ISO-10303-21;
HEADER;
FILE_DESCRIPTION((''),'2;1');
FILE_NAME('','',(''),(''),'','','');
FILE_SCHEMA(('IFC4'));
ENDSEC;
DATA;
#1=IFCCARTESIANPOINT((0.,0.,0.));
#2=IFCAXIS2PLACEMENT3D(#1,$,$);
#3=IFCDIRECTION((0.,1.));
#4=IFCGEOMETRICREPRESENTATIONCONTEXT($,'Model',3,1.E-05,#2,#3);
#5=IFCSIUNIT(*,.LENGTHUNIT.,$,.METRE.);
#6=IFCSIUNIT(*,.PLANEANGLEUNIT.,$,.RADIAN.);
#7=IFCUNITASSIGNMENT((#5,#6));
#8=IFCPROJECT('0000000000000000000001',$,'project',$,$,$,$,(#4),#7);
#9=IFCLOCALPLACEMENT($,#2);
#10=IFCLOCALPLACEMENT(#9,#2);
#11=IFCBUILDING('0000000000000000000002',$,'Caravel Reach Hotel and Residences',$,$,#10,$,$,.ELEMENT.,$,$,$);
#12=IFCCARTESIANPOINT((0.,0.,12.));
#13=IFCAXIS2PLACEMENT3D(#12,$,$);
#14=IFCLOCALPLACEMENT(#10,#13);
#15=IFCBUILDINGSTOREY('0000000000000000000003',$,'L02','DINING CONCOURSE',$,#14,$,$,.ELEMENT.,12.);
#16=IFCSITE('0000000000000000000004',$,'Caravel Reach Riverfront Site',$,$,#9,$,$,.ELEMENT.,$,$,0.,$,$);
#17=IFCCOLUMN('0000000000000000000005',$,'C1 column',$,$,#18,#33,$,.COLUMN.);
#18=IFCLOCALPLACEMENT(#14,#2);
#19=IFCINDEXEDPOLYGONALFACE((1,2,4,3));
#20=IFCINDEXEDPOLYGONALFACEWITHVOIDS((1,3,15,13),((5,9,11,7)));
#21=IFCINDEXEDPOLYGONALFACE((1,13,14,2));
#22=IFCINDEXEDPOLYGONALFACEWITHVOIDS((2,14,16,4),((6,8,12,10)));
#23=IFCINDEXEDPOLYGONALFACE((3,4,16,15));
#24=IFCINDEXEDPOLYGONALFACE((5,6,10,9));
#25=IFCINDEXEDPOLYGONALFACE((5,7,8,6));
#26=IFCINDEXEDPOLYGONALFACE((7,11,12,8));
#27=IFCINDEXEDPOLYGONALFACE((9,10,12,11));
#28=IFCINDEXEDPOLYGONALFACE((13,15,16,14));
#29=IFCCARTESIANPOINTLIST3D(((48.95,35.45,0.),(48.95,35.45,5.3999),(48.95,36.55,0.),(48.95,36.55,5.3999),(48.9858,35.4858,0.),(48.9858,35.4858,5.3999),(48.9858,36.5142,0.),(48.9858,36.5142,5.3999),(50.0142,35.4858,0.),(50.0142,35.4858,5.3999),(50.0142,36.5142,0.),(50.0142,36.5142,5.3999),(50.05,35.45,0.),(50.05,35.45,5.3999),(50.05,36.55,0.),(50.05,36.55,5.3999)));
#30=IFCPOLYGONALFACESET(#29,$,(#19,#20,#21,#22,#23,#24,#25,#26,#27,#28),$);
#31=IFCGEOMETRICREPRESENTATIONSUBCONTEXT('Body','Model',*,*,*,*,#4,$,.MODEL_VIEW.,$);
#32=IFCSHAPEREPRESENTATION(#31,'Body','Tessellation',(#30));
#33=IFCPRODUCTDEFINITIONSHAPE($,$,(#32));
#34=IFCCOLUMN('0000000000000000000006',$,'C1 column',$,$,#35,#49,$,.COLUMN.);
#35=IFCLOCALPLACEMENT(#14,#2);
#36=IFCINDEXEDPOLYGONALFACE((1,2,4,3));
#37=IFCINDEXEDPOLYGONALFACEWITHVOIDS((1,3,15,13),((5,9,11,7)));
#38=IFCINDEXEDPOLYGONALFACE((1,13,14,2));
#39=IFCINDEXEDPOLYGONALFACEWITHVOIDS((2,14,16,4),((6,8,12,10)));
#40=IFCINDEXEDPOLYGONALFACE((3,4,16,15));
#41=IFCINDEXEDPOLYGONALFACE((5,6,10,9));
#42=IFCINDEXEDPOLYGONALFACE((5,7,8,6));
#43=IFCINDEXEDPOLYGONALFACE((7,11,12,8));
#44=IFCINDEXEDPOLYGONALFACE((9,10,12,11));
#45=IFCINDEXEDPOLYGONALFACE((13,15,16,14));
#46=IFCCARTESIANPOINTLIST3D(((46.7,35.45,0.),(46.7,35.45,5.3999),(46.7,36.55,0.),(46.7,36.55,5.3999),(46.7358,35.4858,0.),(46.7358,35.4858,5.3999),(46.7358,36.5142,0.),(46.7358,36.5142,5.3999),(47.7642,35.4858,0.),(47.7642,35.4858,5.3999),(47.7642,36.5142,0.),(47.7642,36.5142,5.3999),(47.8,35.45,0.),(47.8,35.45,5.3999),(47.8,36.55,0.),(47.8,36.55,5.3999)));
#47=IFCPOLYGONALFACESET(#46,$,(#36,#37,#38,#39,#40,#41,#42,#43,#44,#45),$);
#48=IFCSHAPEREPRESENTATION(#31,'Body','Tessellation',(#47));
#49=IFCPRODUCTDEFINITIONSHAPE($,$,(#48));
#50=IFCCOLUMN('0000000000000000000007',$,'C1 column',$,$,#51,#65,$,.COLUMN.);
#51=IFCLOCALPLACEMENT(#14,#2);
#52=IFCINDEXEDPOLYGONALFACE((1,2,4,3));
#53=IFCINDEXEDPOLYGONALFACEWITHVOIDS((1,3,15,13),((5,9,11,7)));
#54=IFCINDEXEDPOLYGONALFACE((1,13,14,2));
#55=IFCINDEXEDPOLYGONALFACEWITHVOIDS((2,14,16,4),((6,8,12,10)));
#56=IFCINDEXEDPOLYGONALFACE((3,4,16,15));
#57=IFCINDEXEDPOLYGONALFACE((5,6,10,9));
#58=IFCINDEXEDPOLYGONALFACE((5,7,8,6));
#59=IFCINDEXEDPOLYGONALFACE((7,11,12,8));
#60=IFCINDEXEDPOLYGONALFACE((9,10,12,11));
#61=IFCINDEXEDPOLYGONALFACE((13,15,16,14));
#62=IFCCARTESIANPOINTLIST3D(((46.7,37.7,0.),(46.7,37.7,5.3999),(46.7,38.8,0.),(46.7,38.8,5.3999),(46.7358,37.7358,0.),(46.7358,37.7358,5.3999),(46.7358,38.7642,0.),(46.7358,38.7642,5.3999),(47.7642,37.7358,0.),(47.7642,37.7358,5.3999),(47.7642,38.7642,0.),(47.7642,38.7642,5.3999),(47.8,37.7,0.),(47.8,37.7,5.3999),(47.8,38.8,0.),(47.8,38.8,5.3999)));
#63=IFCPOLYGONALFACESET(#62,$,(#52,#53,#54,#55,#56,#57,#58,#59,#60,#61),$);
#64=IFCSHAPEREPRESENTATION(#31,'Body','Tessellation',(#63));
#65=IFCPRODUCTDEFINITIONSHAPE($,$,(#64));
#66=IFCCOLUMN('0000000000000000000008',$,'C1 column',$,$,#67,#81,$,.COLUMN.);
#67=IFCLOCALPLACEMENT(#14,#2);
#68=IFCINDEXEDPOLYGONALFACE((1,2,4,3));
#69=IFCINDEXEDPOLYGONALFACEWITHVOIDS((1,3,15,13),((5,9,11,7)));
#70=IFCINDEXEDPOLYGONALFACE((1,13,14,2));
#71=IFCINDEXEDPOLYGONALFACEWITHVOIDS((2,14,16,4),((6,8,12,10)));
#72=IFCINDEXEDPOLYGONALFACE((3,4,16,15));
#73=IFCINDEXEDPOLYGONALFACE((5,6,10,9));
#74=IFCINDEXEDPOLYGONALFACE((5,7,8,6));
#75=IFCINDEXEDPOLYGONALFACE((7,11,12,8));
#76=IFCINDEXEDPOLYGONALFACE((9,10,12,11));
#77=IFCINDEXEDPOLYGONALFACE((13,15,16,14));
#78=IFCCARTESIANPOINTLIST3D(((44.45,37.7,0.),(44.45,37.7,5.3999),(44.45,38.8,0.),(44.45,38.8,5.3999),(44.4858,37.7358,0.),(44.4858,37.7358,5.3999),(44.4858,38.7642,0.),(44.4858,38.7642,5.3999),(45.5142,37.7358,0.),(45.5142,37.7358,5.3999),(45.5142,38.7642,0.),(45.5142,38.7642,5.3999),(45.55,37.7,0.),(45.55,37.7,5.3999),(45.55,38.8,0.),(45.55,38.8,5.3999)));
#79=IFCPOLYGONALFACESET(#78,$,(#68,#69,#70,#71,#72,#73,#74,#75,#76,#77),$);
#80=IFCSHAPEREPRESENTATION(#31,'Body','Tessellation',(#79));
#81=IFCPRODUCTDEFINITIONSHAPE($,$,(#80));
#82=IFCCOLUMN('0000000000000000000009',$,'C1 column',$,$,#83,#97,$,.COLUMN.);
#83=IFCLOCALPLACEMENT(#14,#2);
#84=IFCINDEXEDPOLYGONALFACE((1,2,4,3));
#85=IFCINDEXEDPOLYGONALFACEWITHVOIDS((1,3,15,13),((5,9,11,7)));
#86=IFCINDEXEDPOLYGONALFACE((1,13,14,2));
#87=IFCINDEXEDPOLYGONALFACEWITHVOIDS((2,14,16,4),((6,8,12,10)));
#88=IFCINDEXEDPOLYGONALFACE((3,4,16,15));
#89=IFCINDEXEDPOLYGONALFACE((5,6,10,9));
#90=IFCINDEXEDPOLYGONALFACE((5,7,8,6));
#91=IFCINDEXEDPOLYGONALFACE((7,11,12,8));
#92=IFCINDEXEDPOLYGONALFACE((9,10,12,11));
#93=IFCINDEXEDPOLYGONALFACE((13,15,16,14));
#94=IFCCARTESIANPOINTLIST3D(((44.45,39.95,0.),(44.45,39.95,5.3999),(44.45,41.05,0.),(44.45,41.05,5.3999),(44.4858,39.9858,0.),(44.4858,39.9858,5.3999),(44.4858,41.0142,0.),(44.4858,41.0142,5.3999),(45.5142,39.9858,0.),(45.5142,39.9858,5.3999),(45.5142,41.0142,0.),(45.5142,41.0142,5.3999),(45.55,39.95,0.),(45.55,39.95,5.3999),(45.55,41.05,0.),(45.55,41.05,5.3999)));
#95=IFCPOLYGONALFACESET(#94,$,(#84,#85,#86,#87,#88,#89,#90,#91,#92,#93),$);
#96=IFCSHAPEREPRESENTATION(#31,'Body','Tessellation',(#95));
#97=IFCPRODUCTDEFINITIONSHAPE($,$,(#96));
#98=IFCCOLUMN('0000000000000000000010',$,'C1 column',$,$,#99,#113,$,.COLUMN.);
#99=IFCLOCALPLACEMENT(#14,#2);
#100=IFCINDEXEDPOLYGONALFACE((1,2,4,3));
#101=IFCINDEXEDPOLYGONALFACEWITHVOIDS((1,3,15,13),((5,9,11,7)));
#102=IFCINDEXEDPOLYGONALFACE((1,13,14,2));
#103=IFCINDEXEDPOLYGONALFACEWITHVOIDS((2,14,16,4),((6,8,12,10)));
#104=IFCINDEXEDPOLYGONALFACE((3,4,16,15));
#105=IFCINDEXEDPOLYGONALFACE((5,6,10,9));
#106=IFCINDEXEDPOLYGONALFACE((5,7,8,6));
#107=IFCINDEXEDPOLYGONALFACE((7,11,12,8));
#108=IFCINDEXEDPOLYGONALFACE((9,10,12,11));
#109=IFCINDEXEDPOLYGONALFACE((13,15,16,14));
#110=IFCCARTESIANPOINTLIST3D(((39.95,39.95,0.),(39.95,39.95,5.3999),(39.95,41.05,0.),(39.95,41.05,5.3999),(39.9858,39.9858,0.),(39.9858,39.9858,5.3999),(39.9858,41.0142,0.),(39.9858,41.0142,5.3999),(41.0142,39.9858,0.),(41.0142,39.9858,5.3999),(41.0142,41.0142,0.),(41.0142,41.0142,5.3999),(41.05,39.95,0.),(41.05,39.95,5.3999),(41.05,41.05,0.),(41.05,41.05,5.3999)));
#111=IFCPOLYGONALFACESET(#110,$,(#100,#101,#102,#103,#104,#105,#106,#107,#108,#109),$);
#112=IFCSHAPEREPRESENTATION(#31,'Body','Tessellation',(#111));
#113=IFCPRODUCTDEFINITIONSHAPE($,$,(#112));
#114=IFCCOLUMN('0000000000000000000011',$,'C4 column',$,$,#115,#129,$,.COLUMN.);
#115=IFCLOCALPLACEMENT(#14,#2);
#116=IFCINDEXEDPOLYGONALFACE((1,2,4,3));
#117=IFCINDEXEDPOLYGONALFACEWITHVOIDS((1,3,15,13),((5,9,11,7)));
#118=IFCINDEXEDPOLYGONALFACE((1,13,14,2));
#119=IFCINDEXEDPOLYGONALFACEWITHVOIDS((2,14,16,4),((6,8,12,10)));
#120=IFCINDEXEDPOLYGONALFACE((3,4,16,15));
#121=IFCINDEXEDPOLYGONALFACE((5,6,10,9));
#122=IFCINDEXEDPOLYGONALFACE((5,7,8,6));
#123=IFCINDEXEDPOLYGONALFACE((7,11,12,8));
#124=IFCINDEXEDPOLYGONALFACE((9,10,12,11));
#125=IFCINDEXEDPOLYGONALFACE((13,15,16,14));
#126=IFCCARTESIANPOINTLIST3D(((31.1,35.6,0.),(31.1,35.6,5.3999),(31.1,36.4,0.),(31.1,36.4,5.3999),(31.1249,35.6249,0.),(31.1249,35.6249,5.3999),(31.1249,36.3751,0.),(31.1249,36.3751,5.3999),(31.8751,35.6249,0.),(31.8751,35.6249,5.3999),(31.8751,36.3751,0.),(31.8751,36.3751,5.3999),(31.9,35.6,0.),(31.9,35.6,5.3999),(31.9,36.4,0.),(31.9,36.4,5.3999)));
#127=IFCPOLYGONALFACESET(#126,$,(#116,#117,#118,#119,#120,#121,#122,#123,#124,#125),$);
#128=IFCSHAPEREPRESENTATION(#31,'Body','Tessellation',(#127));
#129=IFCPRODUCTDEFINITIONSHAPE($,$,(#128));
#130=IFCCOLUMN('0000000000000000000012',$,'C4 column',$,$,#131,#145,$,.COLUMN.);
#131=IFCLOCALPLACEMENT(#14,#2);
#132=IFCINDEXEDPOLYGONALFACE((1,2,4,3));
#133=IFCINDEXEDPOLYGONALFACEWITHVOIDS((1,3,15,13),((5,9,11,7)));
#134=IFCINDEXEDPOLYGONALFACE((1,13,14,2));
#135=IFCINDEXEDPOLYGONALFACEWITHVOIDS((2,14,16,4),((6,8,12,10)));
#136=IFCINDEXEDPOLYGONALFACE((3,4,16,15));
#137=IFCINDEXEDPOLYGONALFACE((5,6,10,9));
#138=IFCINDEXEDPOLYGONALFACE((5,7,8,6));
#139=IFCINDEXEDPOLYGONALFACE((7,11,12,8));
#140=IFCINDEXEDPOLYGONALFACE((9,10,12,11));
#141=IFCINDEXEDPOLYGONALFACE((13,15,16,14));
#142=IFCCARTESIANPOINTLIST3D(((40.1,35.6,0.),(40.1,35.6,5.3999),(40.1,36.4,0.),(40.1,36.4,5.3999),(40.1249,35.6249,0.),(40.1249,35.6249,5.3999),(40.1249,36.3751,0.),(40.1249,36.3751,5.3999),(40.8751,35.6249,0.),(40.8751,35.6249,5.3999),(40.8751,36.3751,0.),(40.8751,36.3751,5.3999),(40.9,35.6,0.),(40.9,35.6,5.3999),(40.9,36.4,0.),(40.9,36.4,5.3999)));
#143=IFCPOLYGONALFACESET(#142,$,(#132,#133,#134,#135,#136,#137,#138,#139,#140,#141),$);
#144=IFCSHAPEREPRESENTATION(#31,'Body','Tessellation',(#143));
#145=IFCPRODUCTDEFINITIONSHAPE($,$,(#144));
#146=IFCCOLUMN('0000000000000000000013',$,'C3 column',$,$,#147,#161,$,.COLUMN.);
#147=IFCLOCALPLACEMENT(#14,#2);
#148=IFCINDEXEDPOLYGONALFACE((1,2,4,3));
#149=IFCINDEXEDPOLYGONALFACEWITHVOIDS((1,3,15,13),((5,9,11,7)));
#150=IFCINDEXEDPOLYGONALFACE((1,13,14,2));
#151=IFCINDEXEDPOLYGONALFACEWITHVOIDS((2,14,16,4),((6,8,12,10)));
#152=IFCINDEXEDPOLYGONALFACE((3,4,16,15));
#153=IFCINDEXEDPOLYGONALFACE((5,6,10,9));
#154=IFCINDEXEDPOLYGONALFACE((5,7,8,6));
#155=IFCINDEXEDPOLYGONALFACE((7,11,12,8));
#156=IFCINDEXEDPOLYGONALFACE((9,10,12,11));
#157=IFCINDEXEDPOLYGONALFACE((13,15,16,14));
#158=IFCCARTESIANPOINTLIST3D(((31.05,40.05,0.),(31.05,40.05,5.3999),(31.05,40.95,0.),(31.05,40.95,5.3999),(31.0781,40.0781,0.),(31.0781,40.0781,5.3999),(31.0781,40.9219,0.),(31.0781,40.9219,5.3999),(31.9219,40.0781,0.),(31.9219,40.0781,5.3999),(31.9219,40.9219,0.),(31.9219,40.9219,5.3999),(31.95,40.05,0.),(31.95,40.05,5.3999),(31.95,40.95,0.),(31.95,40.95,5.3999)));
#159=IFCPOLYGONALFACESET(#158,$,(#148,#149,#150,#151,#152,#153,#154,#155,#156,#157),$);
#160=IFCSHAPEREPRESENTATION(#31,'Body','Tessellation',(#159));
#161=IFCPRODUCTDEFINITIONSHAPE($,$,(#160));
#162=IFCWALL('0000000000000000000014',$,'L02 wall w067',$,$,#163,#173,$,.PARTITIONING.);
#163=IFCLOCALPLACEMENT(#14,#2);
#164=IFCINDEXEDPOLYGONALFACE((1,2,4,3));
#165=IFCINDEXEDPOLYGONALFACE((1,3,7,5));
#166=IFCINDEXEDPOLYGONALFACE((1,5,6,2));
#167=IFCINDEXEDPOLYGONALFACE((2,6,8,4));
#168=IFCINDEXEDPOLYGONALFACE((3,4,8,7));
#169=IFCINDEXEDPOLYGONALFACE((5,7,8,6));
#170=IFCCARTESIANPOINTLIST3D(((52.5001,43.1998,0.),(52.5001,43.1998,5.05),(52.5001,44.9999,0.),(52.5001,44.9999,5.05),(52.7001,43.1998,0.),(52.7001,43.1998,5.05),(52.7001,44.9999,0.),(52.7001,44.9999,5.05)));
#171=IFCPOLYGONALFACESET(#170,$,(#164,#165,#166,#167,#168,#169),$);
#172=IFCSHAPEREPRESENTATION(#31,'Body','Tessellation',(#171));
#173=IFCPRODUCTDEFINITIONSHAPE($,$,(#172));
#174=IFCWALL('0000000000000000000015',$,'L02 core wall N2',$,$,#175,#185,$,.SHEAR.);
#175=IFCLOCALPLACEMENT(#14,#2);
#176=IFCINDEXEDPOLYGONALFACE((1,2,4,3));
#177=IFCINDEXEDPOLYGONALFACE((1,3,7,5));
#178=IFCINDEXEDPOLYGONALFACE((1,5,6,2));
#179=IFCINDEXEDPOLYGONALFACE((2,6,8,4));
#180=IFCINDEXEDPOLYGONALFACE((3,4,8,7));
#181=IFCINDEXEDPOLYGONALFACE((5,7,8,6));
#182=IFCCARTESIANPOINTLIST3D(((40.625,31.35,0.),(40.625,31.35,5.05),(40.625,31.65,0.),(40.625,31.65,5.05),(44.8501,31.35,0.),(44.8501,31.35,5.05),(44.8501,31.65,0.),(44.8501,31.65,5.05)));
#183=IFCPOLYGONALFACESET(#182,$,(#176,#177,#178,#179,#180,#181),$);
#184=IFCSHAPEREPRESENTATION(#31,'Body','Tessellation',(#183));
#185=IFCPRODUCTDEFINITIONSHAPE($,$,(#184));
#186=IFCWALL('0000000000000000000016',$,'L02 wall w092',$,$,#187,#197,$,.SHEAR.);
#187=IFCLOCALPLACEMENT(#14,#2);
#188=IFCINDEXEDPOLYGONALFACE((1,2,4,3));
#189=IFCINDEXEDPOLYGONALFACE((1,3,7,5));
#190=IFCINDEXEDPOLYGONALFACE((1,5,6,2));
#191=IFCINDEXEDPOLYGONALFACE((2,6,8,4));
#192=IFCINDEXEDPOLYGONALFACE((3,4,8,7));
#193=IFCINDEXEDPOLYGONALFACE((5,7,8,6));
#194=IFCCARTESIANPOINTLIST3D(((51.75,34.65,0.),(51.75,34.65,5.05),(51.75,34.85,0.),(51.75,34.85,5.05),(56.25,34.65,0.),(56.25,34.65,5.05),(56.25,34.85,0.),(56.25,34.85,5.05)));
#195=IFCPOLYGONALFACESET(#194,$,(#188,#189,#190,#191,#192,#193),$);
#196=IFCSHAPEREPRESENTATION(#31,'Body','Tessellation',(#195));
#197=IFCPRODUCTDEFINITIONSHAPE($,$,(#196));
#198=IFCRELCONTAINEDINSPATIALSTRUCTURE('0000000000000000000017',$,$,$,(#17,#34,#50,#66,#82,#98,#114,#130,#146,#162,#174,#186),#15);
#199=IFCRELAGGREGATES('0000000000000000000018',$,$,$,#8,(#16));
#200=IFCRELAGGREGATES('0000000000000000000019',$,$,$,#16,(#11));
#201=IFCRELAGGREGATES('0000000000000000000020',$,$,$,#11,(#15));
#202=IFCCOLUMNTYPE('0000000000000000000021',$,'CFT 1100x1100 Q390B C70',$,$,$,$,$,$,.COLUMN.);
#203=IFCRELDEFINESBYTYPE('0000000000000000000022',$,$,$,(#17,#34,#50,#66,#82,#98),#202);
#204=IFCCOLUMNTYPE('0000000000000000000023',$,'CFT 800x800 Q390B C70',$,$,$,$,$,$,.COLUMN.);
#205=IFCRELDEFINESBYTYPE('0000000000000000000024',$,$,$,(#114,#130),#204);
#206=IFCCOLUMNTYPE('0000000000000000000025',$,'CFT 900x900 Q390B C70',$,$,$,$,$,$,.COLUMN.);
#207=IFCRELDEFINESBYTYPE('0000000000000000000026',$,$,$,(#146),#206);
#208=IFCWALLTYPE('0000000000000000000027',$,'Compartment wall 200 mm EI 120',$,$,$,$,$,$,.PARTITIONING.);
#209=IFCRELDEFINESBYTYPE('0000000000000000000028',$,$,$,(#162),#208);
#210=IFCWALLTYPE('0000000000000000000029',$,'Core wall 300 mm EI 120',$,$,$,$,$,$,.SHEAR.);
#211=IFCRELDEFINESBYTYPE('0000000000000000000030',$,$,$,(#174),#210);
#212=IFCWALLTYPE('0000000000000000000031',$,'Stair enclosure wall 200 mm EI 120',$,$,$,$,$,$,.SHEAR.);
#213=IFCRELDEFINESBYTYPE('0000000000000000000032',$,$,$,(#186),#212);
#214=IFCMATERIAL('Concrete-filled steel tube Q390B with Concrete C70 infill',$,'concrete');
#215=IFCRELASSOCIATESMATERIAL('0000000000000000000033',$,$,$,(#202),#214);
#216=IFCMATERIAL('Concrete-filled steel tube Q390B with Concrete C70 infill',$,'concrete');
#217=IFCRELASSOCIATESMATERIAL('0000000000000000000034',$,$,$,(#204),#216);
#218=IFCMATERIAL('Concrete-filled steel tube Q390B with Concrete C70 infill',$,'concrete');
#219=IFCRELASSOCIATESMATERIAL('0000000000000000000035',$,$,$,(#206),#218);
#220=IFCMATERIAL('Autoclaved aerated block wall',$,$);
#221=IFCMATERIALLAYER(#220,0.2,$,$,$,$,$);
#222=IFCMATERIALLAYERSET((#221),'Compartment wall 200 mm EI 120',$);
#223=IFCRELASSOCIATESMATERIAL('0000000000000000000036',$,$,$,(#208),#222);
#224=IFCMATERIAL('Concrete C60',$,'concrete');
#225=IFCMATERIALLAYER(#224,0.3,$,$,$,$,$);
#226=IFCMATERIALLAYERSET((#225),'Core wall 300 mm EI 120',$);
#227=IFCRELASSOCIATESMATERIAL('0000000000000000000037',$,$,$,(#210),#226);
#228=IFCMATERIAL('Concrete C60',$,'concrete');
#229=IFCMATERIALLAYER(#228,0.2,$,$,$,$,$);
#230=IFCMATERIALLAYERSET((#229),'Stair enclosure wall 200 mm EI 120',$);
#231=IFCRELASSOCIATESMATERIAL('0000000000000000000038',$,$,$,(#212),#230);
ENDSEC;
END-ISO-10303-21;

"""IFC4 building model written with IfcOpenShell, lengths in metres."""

from ifc_helpers import new_model, si_unit, direction, frame, frame_2d, origin, origin_2d, place, context, subcontext, project, spatial, rectangle, hollow_rectangle, extrude, material, layer, layer_set, material_profile, profile_set, type_object, element, save


model = new_model("IFC4")

# Units and contexts
model_context = context("Model", 3, precision=1e-05, world=origin(), true_north=direction((0.0, 1.0)))
body_context = subcontext(model_context, "Body", "Model", "MODEL_VIEW")
ifc_project = project(units=[si_unit("LENGTHUNIT", "METRE"), si_unit("PLANEANGLEUNIT", "RADIAN")], contexts=[model_context])

# Site, building, storey
site_placement = place(None, origin())
site = spatial("IfcSite", under=ifc_project, at=site_placement, Name="Caravel Reach Riverfront Site", CompositionType="ELEMENT", RefElevation=0.0)
building_placement = place(site_placement, origin())
building = spatial("IfcBuilding", under=site, at=building_placement, Name="Caravel Reach Hotel and Residences", CompositionType="ELEMENT")
storey_placement = place(building_placement, frame((0.0, 0.0, 12.0)))
storey = spatial("IfcBuildingStorey", under=building, at=storey_placement, Name="L02", Description="DINING CONCOURSE", CompositionType="ELEMENT", Elevation=12.0)

# Columns
ifc_material_1 = material(Name="Concrete-filled steel tube Q390B with Concrete C70 infill", Category="concrete")
ifc_material_profile_1 = material_profile(ifc_material_1, hollow_rectangle(XDim=1.1001, YDim=1.1001, WallThickness=0.0359, at=origin_2d()), Name="RHS 1100x1100x36")
ifc_profile_set_1 = profile_set([ifc_material_profile_1], Name="Concrete-filled steel tube Q390B with Concrete C70 infill")
column_type_1 = type_object("IfcColumnType", Name="CFT 1100x1100 Q390B C70", PredefinedType="COLUMN", material=ifc_profile_set_1)
for number, where, z_axis, x_axis, name in (
    (1, (49.5, 36.0, 0.0), (0.0, 0.0, 1.0), (1.0, 0.0, 0.0), "C1 column"),
    (2, (47.25, 36.0, 0.0), (0.0, 0.0, 1.0), (1.0, 0.0, 0.0), "C1 column"),
    (3, (47.25, 38.25, 0.0), (0.0, 0.0, 1.0), (1.0, 0.0, 0.0), "C1 column"),
    (4, (45.0, 38.25, 0.0), (0.0, 0.0, 1.0), (1.0, 0.0, 0.0), "C1 column"),
    (5, (45.0, 40.5, 0.0), (0.0, 0.0, 1.0), (1.0, 0.0, 0.0), "C1 column"),
    (6, (40.5, 40.5, 0.0), (0.0, 0.0, 1.0), (1.0, 0.0, 0.0), "C1 column"),
):
    element("IfcColumn", number, at=place(storey_placement, frame(where, z_axis=z_axis, x_axis=x_axis)), inside=storey, type_object=column_type_1, Name=name, PredefinedType="COLUMN", context=body_context, shape_type="SweptSolid", body=[
        extrude(hollow_rectangle(XDim=1.1001, YDim=1.1001, WallThickness=0.0359, at=origin_2d()), origin(), (0.0, 0.0, 1.0), 5.3999),
    ])
ifc_material_2 = material(Name="Concrete-filled steel tube Q390B with Concrete C70 infill", Category="concrete")
ifc_material_profile_2 = material_profile(ifc_material_2, hollow_rectangle(XDim=0.8, YDim=0.8, WallThickness=0.0249, at=origin_2d()), Name="RHS 800x800x25")
ifc_profile_set_2 = profile_set([ifc_material_profile_2], Name="Concrete-filled steel tube Q390B with Concrete C70 infill")
column_type_2 = type_object("IfcColumnType", Name="CFT 800x800 Q390B C70", PredefinedType="COLUMN", material=ifc_profile_set_2)
for number, where, z_axis, x_axis, name in (
    (7, (31.5, 36.0, 0.0), (0.0, 0.0, 1.0), (1.0, 0.0, 0.0), "C4 column"),
    (8, (40.5, 36.0, 0.0), (0.0, 0.0, 1.0), (1.0, 0.0, 0.0), "C4 column"),
):
    element("IfcColumn", number, at=place(storey_placement, frame(where, z_axis=z_axis, x_axis=x_axis)), inside=storey, type_object=column_type_2, Name=name, PredefinedType="COLUMN", context=body_context, shape_type="SweptSolid", body=[
        extrude(hollow_rectangle(XDim=0.8, YDim=0.8, WallThickness=0.0249, at=origin_2d()), origin(), (0.0, 0.0, 1.0), 5.3999),
    ])
ifc_material_3 = material(Name="Concrete-filled steel tube Q390B with Concrete C70 infill", Category="concrete")
ifc_material_profile_3 = material_profile(ifc_material_3, hollow_rectangle(XDim=0.8999, YDim=0.8999, WallThickness=0.0281, at=origin_2d()), Name="RHS 900x900x28")
ifc_profile_set_3 = profile_set([ifc_material_profile_3], Name="Concrete-filled steel tube Q390B with Concrete C70 infill")
column_type_3 = type_object("IfcColumnType", Name="CFT 900x900 Q390B C70", PredefinedType="COLUMN", material=ifc_profile_set_3)
column_placement = place(storey_placement, frame((31.5, 40.5, 0.0), z_axis=(0.0, 0.0, 1.0), x_axis=(1.0, 0.0, 0.0)))
element("IfcColumn", 9, at=column_placement, inside=storey, type_object=column_type_3, Name="C3 column", PredefinedType="COLUMN", context=body_context, shape_type="SweptSolid", body=[
    extrude(hollow_rectangle(XDim=0.8999, YDim=0.8999, WallThickness=0.0281, at=origin_2d()), origin(), (0.0, 0.0, 1.0), 5.3999),
])

# Walls
ifc_material_4 = material(Name="Autoclaved aerated block wall")
ifc_layer_1 = layer(ifc_material_4, 0.2)
ifc_layer_set_1 = layer_set([ifc_layer_1], Name="Compartment wall 200 mm EI 120")
wall_type_1 = type_object("IfcWallType", Name="Compartment wall 200 mm EI 120", PredefinedType="PARTITIONING", material=ifc_layer_set_1)
wall_1_placement = place(storey_placement, frame((52.6001, 43.2, 0.0), z_axis=(0.0, 0.0, 1.0), x_axis=(0.0, 1.0, 0.0)))
element("IfcWall", 10, at=wall_1_placement, inside=storey, type_object=wall_type_1, Name="L02 wall w067", PredefinedType="PARTITIONING", context=body_context, shape_type="SweptSolid", body=[
    extrude(rectangle(XDim=1.8, YDim=0.2, at=frame_2d((0.8999, 0.0))), origin(), (0.0, 0.0, 1.0), 5.05),
])
ifc_material_5 = material(Name="Concrete C60", Category="concrete")
ifc_layer_2 = layer(ifc_material_5, 0.3)
ifc_layer_set_2 = layer_set([ifc_layer_2], Name="Core wall 300 mm EI 120")
wall_type_2 = type_object("IfcWallType", Name="Core wall 300 mm EI 120", PredefinedType="SHEAR", material=ifc_layer_set_2)
wall_2_placement = place(storey_placement, frame((40.625, 31.5, 0.0), z_axis=(0.0, 0.0, 1.0), x_axis=(1.0, 0.0, 0.0)))
element("IfcWall", 11, at=wall_2_placement, inside=storey, type_object=wall_type_2, Name="L02 core wall N2", PredefinedType="SHEAR", context=body_context, shape_type="SweptSolid", body=[
    extrude(rectangle(XDim=4.2251, YDim=0.3, at=frame_2d((2.1125, 0.0))), origin(), (0.0, 0.0, 1.0), 5.05),
])
ifc_material_6 = material(Name="Concrete C60", Category="concrete")
ifc_layer_3 = layer(ifc_material_6, 0.2)
ifc_layer_set_3 = layer_set([ifc_layer_3], Name="Stair enclosure wall 200 mm EI 120")
wall_type_3 = type_object("IfcWallType", Name="Stair enclosure wall 200 mm EI 120", PredefinedType="SHEAR", material=ifc_layer_set_3)
wall_3_placement = place(storey_placement, frame((51.75, 34.75, 0.0), z_axis=(0.0, 0.0, 1.0), x_axis=(1.0, 0.0, 0.0)))
element("IfcWall", 12, at=wall_3_placement, inside=storey, type_object=wall_type_3, Name="L02 wall w092", PredefinedType="SHEAR", context=body_context, shape_type="SweptSolid", body=[
    extrude(rectangle(XDim=4.5, YDim=0.2, at=frame_2d((2.25, 0.0))), origin(), (0.0, 0.0, 1.0), 5.05),
])

save(model, "model.ifc")
